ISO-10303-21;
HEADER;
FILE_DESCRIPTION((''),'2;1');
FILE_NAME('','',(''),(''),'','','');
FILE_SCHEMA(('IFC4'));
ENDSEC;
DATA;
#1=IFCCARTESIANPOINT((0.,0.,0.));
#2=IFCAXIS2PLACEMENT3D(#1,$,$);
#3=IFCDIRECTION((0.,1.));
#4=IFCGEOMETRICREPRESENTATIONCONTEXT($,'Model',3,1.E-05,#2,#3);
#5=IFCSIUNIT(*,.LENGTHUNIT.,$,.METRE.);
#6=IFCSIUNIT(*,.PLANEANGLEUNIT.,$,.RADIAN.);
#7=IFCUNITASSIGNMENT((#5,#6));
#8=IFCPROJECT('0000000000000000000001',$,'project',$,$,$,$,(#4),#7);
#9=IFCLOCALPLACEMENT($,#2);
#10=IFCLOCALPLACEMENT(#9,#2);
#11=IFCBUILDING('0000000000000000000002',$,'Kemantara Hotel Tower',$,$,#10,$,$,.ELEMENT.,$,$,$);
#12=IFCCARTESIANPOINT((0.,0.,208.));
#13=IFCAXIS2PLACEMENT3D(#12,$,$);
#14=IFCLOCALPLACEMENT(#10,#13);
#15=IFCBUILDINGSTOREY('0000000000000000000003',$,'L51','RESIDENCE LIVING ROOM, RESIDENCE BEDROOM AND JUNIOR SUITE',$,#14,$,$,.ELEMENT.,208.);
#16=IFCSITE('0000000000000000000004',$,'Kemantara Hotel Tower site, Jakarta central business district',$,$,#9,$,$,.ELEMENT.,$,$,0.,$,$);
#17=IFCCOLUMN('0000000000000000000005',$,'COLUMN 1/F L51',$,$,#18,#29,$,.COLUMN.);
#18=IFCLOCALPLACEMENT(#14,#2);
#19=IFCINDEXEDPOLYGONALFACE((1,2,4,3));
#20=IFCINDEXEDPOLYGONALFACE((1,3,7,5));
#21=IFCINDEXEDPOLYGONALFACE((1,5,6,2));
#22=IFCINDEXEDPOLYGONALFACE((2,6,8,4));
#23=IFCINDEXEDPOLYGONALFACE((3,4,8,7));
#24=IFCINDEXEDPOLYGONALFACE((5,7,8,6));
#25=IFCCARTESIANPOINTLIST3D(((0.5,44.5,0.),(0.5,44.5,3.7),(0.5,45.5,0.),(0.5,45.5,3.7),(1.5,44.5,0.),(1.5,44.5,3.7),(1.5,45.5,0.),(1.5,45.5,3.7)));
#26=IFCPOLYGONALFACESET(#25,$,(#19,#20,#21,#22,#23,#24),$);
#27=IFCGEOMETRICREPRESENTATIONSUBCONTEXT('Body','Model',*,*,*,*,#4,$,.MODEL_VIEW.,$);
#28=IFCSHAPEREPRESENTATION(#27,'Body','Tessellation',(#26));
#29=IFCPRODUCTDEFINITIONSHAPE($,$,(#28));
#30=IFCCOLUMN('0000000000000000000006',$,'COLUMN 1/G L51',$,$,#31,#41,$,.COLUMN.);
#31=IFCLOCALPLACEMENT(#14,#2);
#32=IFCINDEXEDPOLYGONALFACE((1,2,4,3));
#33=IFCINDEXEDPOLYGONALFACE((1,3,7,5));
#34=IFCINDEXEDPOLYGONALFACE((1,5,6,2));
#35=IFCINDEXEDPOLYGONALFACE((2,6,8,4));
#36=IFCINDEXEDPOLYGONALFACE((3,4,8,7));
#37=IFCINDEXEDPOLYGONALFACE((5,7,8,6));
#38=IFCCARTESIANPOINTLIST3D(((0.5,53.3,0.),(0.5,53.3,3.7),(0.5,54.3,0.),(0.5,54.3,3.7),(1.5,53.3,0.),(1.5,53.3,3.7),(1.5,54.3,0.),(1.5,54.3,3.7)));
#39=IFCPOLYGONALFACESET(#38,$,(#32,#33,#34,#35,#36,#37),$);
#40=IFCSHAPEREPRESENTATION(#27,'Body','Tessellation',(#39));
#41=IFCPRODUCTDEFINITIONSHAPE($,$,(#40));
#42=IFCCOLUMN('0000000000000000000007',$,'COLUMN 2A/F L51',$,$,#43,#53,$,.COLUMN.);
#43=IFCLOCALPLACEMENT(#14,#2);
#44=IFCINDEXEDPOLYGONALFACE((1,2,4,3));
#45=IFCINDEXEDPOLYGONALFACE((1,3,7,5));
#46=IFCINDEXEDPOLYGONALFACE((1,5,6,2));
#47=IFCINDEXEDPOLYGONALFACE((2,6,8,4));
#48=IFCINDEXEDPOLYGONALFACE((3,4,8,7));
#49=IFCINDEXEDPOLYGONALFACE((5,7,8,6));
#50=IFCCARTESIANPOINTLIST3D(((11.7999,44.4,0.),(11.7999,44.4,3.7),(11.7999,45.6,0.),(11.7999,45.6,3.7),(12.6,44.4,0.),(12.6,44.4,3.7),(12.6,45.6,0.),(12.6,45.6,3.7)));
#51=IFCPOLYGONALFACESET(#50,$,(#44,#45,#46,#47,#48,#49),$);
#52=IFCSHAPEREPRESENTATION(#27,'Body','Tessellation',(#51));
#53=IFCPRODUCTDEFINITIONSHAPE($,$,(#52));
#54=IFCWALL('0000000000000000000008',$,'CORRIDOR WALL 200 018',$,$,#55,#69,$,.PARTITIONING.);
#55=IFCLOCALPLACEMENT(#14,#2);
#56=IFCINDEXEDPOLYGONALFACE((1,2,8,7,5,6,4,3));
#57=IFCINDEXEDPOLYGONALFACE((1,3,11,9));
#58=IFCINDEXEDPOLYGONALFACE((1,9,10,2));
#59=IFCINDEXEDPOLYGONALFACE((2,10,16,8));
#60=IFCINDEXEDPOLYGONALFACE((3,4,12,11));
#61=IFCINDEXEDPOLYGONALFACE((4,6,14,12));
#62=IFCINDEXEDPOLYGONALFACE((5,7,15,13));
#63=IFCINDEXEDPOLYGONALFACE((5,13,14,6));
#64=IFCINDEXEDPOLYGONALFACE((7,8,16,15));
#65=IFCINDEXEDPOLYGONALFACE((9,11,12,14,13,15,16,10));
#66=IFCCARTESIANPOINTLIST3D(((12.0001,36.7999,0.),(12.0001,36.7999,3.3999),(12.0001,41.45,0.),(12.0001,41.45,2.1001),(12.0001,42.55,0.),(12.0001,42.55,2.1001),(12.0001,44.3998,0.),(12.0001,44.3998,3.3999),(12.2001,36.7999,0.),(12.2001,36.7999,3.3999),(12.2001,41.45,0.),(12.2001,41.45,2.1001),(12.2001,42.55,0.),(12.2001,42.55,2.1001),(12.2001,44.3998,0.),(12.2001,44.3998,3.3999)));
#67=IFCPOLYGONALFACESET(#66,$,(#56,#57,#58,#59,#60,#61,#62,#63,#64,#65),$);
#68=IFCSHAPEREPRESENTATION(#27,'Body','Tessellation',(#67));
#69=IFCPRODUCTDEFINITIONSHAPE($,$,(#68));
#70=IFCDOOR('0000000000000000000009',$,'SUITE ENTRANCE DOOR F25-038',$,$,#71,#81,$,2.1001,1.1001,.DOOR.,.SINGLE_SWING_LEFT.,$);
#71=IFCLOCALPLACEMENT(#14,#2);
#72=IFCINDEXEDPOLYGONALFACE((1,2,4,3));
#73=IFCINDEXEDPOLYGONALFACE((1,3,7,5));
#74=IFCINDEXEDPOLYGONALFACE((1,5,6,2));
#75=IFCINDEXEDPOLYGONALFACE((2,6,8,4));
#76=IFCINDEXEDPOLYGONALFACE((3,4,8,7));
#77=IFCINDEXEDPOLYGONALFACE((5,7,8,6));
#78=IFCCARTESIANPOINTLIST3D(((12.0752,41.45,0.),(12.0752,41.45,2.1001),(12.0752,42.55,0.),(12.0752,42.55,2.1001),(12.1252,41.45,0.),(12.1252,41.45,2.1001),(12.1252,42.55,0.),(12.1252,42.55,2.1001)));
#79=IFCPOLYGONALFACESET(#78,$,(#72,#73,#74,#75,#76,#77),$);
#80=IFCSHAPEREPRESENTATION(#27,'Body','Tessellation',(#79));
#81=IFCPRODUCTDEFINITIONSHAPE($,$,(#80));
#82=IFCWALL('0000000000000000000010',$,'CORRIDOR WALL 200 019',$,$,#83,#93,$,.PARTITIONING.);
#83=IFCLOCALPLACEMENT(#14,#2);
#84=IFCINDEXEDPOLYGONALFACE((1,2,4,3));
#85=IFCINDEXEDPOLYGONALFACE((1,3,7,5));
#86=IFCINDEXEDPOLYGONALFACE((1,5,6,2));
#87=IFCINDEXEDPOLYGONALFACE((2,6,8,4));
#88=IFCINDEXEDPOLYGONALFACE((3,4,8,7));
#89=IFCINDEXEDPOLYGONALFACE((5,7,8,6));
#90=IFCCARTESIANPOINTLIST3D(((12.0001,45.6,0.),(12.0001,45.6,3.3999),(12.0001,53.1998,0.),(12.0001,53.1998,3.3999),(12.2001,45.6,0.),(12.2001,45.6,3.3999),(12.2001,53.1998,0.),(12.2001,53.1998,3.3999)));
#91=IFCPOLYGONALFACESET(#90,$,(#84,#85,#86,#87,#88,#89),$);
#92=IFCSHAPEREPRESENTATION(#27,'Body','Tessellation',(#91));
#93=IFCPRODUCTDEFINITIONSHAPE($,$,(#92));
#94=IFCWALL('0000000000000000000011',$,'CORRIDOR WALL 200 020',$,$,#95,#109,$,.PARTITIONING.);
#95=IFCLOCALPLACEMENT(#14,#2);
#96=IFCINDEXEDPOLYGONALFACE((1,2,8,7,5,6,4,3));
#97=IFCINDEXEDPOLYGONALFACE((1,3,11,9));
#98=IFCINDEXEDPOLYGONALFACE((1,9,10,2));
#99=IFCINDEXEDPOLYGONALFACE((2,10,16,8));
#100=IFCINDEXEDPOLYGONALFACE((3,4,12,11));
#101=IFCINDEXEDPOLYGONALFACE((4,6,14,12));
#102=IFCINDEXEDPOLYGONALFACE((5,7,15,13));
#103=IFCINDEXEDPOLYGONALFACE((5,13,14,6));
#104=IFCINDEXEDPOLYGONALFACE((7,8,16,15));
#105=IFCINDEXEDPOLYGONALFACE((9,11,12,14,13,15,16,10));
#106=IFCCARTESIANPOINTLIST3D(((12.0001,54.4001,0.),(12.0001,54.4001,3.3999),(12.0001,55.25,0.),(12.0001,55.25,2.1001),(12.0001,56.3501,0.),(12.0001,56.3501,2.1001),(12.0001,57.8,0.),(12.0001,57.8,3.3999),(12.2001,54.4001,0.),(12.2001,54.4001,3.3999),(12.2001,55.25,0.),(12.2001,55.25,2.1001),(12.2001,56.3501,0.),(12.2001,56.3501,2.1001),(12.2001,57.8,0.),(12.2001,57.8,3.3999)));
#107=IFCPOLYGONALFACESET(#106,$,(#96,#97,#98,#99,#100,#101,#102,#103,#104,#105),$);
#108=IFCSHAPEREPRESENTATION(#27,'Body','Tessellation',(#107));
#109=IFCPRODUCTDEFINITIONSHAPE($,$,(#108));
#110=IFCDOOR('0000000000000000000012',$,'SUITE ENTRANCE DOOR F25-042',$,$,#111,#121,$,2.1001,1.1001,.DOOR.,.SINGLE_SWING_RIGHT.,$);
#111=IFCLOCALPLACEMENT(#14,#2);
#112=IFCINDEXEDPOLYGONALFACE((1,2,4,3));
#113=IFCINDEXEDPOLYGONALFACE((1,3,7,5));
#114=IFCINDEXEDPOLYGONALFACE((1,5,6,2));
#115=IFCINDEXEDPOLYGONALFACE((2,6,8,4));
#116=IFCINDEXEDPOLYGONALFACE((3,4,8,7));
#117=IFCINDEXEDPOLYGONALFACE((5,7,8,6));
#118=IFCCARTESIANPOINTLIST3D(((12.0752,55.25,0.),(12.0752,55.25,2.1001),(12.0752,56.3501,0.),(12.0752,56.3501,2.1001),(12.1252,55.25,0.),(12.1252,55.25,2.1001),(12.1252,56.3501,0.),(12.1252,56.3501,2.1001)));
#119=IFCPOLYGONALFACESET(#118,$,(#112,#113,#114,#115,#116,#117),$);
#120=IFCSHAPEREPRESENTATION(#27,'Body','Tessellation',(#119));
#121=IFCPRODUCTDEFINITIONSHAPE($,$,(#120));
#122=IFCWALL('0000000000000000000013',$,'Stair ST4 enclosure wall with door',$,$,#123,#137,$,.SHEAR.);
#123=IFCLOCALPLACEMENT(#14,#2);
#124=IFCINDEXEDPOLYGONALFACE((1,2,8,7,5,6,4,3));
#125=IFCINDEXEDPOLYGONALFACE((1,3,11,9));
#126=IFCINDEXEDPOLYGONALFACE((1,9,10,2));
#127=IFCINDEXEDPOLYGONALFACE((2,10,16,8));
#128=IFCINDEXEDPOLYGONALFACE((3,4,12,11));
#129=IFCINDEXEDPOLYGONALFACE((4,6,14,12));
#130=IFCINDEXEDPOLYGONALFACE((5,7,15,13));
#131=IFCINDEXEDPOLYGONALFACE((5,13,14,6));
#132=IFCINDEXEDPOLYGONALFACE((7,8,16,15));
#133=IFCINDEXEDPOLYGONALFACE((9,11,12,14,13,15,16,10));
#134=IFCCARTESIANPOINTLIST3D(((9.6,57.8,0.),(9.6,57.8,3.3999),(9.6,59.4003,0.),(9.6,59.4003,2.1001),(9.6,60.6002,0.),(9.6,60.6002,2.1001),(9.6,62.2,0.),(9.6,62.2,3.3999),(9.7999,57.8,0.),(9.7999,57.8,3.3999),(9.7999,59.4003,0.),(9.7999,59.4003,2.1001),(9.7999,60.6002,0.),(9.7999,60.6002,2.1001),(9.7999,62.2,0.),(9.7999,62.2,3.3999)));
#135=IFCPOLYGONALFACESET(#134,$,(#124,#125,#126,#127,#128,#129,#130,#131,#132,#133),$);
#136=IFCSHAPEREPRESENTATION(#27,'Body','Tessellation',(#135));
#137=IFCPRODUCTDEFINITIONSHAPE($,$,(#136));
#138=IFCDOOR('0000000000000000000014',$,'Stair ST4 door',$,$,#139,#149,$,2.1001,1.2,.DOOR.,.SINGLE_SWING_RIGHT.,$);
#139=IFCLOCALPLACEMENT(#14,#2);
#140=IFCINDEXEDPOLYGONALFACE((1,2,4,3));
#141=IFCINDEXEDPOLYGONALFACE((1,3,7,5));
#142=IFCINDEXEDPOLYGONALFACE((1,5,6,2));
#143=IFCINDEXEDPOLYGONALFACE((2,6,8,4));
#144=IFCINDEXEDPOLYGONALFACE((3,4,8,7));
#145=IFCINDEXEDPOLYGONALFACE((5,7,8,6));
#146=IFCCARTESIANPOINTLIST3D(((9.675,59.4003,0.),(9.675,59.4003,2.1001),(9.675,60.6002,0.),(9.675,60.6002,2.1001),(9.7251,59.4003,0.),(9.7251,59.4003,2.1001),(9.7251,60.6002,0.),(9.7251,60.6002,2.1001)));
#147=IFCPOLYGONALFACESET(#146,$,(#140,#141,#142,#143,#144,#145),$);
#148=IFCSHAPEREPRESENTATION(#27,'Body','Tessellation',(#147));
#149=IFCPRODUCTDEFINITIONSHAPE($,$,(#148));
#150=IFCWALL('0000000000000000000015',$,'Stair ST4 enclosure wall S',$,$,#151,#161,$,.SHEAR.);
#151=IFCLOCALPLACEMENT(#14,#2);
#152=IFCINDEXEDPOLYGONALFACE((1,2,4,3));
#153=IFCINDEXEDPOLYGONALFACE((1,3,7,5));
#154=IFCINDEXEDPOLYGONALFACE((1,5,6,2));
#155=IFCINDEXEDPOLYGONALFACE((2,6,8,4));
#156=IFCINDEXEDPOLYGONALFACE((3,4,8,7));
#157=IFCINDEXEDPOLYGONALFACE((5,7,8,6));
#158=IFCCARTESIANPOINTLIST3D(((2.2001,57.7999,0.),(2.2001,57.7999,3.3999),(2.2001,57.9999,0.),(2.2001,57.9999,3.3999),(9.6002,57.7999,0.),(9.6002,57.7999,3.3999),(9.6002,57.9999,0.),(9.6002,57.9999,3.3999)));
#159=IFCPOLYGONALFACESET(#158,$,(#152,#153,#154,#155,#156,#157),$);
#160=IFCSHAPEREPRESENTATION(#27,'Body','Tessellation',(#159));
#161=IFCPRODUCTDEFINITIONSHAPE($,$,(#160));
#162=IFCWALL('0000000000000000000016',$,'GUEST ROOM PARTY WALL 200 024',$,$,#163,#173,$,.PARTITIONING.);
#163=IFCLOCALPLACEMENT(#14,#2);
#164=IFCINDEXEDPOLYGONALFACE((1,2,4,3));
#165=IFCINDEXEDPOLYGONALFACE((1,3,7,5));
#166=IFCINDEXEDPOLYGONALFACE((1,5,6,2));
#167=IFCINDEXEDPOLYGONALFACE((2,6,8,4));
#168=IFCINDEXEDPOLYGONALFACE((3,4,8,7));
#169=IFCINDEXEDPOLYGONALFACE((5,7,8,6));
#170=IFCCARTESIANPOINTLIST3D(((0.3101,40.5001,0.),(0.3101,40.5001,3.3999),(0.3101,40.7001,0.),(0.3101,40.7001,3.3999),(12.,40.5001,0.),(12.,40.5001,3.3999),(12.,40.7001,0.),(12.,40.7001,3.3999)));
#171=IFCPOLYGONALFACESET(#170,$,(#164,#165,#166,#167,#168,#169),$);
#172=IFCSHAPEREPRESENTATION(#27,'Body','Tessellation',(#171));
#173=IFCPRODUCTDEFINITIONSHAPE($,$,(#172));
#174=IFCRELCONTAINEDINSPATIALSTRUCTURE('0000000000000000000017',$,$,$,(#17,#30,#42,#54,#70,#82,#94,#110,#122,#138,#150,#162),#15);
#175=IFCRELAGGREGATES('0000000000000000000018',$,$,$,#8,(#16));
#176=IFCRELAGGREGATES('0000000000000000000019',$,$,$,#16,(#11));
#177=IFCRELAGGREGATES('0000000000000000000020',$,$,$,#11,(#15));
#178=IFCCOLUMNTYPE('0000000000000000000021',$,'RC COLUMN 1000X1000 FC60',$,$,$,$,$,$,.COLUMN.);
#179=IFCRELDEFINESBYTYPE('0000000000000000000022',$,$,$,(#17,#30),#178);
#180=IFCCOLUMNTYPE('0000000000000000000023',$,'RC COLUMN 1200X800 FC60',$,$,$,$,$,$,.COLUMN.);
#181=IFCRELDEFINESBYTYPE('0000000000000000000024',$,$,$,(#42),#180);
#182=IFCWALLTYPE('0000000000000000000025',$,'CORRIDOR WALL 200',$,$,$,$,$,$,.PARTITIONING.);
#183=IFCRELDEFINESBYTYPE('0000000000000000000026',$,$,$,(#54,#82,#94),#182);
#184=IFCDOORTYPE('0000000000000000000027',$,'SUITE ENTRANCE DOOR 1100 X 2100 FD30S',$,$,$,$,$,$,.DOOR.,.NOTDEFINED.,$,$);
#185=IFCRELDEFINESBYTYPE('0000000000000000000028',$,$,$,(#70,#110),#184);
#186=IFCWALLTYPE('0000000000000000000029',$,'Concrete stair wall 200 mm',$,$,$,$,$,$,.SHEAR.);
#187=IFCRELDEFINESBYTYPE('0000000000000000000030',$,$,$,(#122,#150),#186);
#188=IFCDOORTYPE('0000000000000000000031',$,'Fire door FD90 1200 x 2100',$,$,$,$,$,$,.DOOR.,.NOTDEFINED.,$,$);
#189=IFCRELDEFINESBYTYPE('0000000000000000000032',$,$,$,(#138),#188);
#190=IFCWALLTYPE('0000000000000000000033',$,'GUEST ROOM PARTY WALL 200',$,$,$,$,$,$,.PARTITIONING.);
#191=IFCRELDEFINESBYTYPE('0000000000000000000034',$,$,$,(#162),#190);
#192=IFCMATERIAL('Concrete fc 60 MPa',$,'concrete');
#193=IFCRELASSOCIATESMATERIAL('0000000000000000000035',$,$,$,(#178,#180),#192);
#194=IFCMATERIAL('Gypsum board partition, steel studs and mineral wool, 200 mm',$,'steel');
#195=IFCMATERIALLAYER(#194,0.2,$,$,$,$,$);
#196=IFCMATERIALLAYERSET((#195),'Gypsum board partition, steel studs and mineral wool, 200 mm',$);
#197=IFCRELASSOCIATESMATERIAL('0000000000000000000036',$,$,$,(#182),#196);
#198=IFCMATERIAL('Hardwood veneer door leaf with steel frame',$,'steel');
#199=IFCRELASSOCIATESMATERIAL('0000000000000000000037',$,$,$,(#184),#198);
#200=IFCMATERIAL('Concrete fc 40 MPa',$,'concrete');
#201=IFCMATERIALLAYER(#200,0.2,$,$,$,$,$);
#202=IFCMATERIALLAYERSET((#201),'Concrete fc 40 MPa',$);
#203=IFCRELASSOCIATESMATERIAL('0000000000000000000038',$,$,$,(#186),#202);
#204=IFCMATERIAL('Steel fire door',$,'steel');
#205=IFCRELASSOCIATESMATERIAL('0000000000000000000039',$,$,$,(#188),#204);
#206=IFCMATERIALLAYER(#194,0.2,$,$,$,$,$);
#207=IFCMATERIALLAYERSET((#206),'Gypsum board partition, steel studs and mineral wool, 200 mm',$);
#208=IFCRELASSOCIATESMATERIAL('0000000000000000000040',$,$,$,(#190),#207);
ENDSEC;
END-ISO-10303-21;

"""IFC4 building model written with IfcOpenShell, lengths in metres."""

from ifc_helpers import new_model, si_unit, direction, frame, frame_2d, origin, origin_2d, place, context, subcontext, project, spatial, rectangle, extrude, material, layer, layer_set, material_profile, profile_set, type_object, element, fill, save


model = new_model("IFC4")

# Units and contexts
model_context = context("Model", 3, precision=1e-05, world=origin(), true_north=direction((0.0, 1.0)))
body_context = subcontext(model_context, "Body", "Model", "MODEL_VIEW")
ifc_project = project(units=[si_unit("LENGTHUNIT", "METRE"), si_unit("PLANEANGLEUNIT", "RADIAN")], contexts=[model_context])

# Site, building, storey
site_placement = place(None, origin())
site = spatial("IfcSite", under=ifc_project, at=site_placement, Name="Kemantara Hotel Tower site, Jakarta central business district", CompositionType="ELEMENT", RefElevation=0.0)
building_placement = place(site_placement, origin())
building = spatial("IfcBuilding", under=site, at=building_placement, Name="Kemantara Hotel Tower", CompositionType="ELEMENT")
storey_placement = place(building_placement, frame((0.0, 0.0, 208.0)))
storey = spatial("IfcBuildingStorey", under=building, at=storey_placement, Name="L51", Description="RESIDENCE LIVING ROOM, RESIDENCE BEDROOM AND JUNIOR SUITE", CompositionType="ELEMENT", Elevation=208.0)

# Columns
ifc_material_1 = material(Name="Concrete fc 60 MPa", Category="concrete")
ifc_material_profile_1 = material_profile(ifc_material_1, rectangle(XDim=1.0, YDim=1.0, at=origin_2d()), Name="RC 1000X1000")
ifc_profile_set_1 = profile_set([ifc_material_profile_1], Name="Concrete fc 60 MPa")
column_type_1 = type_object("IfcColumnType", Name="RC COLUMN 1000X1000 FC60", PredefinedType="COLUMN", material=ifc_profile_set_1)
for number, where, z_axis, x_axis, name in (
    (1, (1.0, 45.0, 0.0), (0.0, 0.0, 1.0), (1.0, 0.0, 0.0), "COLUMN 1/F L51"),
    (2, (1.0, 53.8, 0.0), (0.0, 0.0, 1.0), (1.0, 0.0, 0.0), "COLUMN 1/G L51"),
):
    element("IfcColumn", number, at=place(storey_placement, frame(where, z_axis=z_axis, x_axis=x_axis)), inside=storey, type_object=column_type_1, Name=name, PredefinedType="COLUMN", context=body_context, shape_type="SweptSolid", body=[
        extrude(rectangle(XDim=1.0, YDim=1.0, at=origin_2d()), origin(), (0.0, 0.0, 1.0), 3.7),
    ])
ifc_material_profile_2 = material_profile(ifc_material_1, rectangle(XDim=1.2, YDim=0.8, at=origin_2d()), Name="RC 1200X800")
ifc_profile_set_2 = profile_set([ifc_material_profile_2], Name="Concrete fc 60 MPa")
column_type_2 = type_object("IfcColumnType", Name="RC COLUMN 1200X800 FC60", PredefinedType="COLUMN", material=ifc_profile_set_2)
column_placement = place(storey_placement, frame((12.2, 45.0, 0.0), z_axis=(0.0, 0.0, 1.0), x_axis=(0.0, 1.0, 0.0)))
element("IfcColumn", 3, at=column_placement, inside=storey, type_object=column_type_2, Name="COLUMN 2A/F L51", PredefinedType="COLUMN", context=body_context, shape_type="SweptSolid", body=[
    extrude(rectangle(XDim=1.2, YDim=0.8, at=origin_2d()), origin(), (0.0, 0.0, 1.0), 3.7),
])

# Wall, opening, door
ifc_material_2 = material(Name="Gypsum board partition, steel studs and mineral wool, 200 mm", Category="steel")
ifc_layer_1 = layer(ifc_material_2, 0.2)
ifc_layer_set_1 = layer_set([ifc_layer_1], Name="Gypsum board partition, steel studs and mineral wool, 200 mm")
wall_type_1 = type_object("IfcWallType", Name="CORRIDOR WALL 200", PredefinedType="PARTITIONING", material=ifc_layer_set_1)
wall_1_placement = place(storey_placement, frame((12.1001, 36.8, 0.0), z_axis=(0.0, 0.0, 1.0), x_axis=(0.0, 1.0, 0.0)))
wall_1 = element("IfcWall", 4, at=wall_1_placement, inside=storey, type_object=wall_type_1, Name="CORRIDOR WALL 200 018", PredefinedType="PARTITIONING", context=body_context, shape_type="SweptSolid", body=[
    extrude(rectangle(XDim=7.5999, YDim=0.2, at=frame_2d((3.7998, 0.0))), origin(), (0.0, 0.0, 1.0), 3.3999),
])
opening_1_placement = place(wall_1_placement, frame((4.6499, 0.0, 0.0)))
opening_1 = element("IfcOpeningElement", 5, at=opening_1_placement, cuts=wall_1, PredefinedType="OPENING", context=body_context, shape_type="SweptSolid", body=[
    extrude(rectangle(XDim=1.1001, YDim=2.1001, at=frame_2d((0.55, 1.05))), frame((0.0, 0.1099, 0.0), z_axis=(0.0, -1.0, 0.0), x_axis=(1.0, 0.0, 0.0)), (0.0, 0.0, 1.0), 0.22),
])
ifc_material_3 = material(Name="Hardwood veneer door leaf with steel frame", Category="steel")
door_type_1 = type_object("IfcDoorType", Name="SUITE ENTRANCE DOOR 1100 X 2100 FD30S", OperationType="NOTDEFINED", PredefinedType="DOOR", material=ifc_material_3)
door_1_placement = place(opening_1_placement, origin())
door_1 = element("IfcDoor", 6, at=door_1_placement, inside=storey, type_object=door_type_1, Name="SUITE ENTRANCE DOOR F25-038", OperationType="SINGLE_SWING_LEFT", OverallHeight=2.1001, OverallWidth=1.1001, PredefinedType="DOOR", context=body_context, shape_type="SweptSolid", body=[
    extrude(rectangle(XDim=1.1001, YDim=2.1001, at=frame_2d((0.55, 1.05))), frame((0.0, 0.0249, 0.0), z_axis=(0.0, -1.0, 0.0), x_axis=(1.0, 0.0, 0.0)), (0.0, 0.0, 1.0), 0.05),
])
fill(opening_1, door_1)

# Wall
wall_2_placement = place(storey_placement, frame((12.1001, 45.6001, 0.0), z_axis=(0.0, 0.0, 1.0), x_axis=(0.0, 1.0, 0.0)))
element("IfcWall", 7, at=wall_2_placement, inside=storey, type_object=wall_type_1, Name="CORRIDOR WALL 200 019", PredefinedType="PARTITIONING", context=body_context, shape_type="SweptSolid", body=[
    extrude(rectangle(XDim=7.5999, YDim=0.2, at=frame_2d((3.7998, 0.0))), origin(), (0.0, 0.0, 1.0), 3.3999),
])

# Walls, openings, doors
wall_3_placement = place(storey_placement, frame((12.1001, 54.4001, 0.0), z_axis=(0.0, 0.0, 1.0), x_axis=(0.0, 1.0, 0.0)))
wall_3 = element("IfcWall", 8, at=wall_3_placement, inside=storey, type_object=wall_type_1, Name="CORRIDOR WALL 200 020", PredefinedType="PARTITIONING", context=body_context, shape_type="SweptSolid", body=[
    extrude(rectangle(XDim=3.3999, YDim=0.2, at=frame_2d((1.7, 0.0))), origin(), (0.0, 0.0, 1.0), 3.3999),
])
opening_2_placement = place(wall_3_placement, frame((0.8499, 0.0, 0.0)))
opening_2 = element("IfcOpeningElement", 9, at=opening_2_placement, cuts=wall_3, PredefinedType="OPENING", context=body_context, shape_type="SweptSolid", body=[
    extrude(rectangle(XDim=1.1001, YDim=2.1001, at=frame_2d((0.55, 1.05))), frame((0.0, 0.1099, 0.0), z_axis=(0.0, -1.0, 0.0), x_axis=(1.0, 0.0, 0.0)), (0.0, 0.0, 1.0), 0.22),
])
door_2_placement = place(opening_2_placement, origin())
door_2 = element("IfcDoor", 10, at=door_2_placement, inside=storey, type_object=door_type_1, Name="SUITE ENTRANCE DOOR F25-042", OperationType="SINGLE_SWING_RIGHT", OverallHeight=2.1001, OverallWidth=1.1001, PredefinedType="DOOR", context=body_context, shape_type="SweptSolid", body=[
    extrude(rectangle(XDim=1.1001, YDim=2.1001, at=frame_2d((0.55, 1.05))), frame((0.0, 0.0249, 0.0), z_axis=(0.0, -1.0, 0.0), x_axis=(1.0, 0.0, 0.0)), (0.0, 0.0, 1.0), 0.05),
])
fill(opening_2, door_2)
ifc_material_4 = material(Name="Concrete fc 40 MPa", Category="concrete")
ifc_layer_2 = layer(ifc_material_4, 0.2)
ifc_layer_set_2 = layer_set([ifc_layer_2], Name="Concrete fc 40 MPa")
wall_type_2 = type_object("IfcWallType", Name="Concrete stair wall 200 mm", PredefinedType="SHEAR", material=ifc_layer_set_2)
wall_4_placement = place(storey_placement, frame((9.7, 57.8, 0.0), z_axis=(0.0, 0.0, 1.0), x_axis=(0.0, 1.0, 0.0)))
wall_4 = element("IfcWall", 11, at=wall_4_placement, inside=storey, type_object=wall_type_2, Name="Stair ST4 enclosure wall with door", PredefinedType="SHEAR", context=body_context, shape_type="SweptSolid", body=[
    extrude(rectangle(XDim=4.3999, YDim=0.2, at=frame_2d((2.2, 0.0))), origin(), (0.0, 0.0, 1.0), 3.3999),
])
opening_3_placement = place(wall_4_placement, frame((1.6001, 0.0, 0.0)))
opening_3 = element("IfcOpeningElement", 12, at=opening_3_placement, cuts=wall_4, PredefinedType="OPENING", context=body_context, shape_type="SweptSolid", body=[
    extrude(rectangle(XDim=1.2, YDim=2.1001, at=frame_2d((0.6001, 1.05))), frame((0.0, 0.1099, 0.0), z_axis=(0.0, -1.0, 0.0), x_axis=(1.0, 0.0, 0.0)), (0.0, 0.0, 1.0), 0.22),
])
ifc_material_5 = material(Name="Steel fire door", Category="steel")
door_type_2 = type_object("IfcDoorType", Name="Fire door FD90 1200 x 2100", OperationType="NOTDEFINED", PredefinedType="DOOR", material=ifc_material_5)
door_3_placement = place(opening_3_placement, origin())
door_3 = element("IfcDoor", 13, at=door_3_placement, inside=storey, type_object=door_type_2, Name="Stair ST4 door", OperationType="SINGLE_SWING_RIGHT", OverallHeight=2.1001, OverallWidth=1.2, PredefinedType="DOOR", context=body_context, shape_type="SweptSolid", body=[
    extrude(rectangle(XDim=1.2, YDim=2.1001, at=frame_2d((0.6001, 1.05))), frame((0.0, 0.0249, 0.0), z_axis=(0.0, -1.0, 0.0), x_axis=(1.0, 0.0, 0.0)), (0.0, 0.0, 1.0), 0.05),
])
fill(opening_3, door_3)

# Walls
wall_5_placement = place(storey_placement, frame((2.2, 57.8999, 0.0), z_axis=(0.0, 0.0, 1.0), x_axis=(1.0, 0.0, 0.0)))
element("IfcWall", 14, at=wall_5_placement, inside=storey, type_object=wall_type_2, Name="Stair ST4 enclosure wall S", PredefinedType="SHEAR", context=body_context, shape_type="SweptSolid", body=[
    extrude(rectangle(XDim=7.4001, YDim=0.2, at=frame_2d((3.7002, 0.0))), origin(), (0.0, 0.0, 1.0), 3.3999),
])
ifc_layer_3 = layer(ifc_material_2, 0.2)
ifc_layer_set_3 = layer_set([ifc_layer_3], Name="Gypsum board partition, steel studs and mineral wool, 200 mm")
wall_type_3 = type_object("IfcWallType", Name="GUEST ROOM PARTY WALL 200", PredefinedType="PARTITIONING", material=ifc_layer_set_3)
for number, where, z_axis, x_axis, name in (
    (15, (0.3101, 40.6001, 0.0), (0.0, 0.0, 1.0), (1.0, 0.0, 0.0), "GUEST ROOM PARTY WALL 200 024"),
):
    element("IfcWall", number, at=place(storey_placement, frame(where, z_axis=z_axis, x_axis=x_axis)), inside=storey, type_object=wall_type_3, Name=name, PredefinedType="PARTITIONING", context=body_context, shape_type="SweptSolid", body=[
        extrude(rectangle(XDim=11.6899, YDim=0.2, at=frame_2d((5.845, 0.0))), origin(), (0.0, 0.0, 1.0), 3.3999),
    ])

save(model, "model.ifc")
